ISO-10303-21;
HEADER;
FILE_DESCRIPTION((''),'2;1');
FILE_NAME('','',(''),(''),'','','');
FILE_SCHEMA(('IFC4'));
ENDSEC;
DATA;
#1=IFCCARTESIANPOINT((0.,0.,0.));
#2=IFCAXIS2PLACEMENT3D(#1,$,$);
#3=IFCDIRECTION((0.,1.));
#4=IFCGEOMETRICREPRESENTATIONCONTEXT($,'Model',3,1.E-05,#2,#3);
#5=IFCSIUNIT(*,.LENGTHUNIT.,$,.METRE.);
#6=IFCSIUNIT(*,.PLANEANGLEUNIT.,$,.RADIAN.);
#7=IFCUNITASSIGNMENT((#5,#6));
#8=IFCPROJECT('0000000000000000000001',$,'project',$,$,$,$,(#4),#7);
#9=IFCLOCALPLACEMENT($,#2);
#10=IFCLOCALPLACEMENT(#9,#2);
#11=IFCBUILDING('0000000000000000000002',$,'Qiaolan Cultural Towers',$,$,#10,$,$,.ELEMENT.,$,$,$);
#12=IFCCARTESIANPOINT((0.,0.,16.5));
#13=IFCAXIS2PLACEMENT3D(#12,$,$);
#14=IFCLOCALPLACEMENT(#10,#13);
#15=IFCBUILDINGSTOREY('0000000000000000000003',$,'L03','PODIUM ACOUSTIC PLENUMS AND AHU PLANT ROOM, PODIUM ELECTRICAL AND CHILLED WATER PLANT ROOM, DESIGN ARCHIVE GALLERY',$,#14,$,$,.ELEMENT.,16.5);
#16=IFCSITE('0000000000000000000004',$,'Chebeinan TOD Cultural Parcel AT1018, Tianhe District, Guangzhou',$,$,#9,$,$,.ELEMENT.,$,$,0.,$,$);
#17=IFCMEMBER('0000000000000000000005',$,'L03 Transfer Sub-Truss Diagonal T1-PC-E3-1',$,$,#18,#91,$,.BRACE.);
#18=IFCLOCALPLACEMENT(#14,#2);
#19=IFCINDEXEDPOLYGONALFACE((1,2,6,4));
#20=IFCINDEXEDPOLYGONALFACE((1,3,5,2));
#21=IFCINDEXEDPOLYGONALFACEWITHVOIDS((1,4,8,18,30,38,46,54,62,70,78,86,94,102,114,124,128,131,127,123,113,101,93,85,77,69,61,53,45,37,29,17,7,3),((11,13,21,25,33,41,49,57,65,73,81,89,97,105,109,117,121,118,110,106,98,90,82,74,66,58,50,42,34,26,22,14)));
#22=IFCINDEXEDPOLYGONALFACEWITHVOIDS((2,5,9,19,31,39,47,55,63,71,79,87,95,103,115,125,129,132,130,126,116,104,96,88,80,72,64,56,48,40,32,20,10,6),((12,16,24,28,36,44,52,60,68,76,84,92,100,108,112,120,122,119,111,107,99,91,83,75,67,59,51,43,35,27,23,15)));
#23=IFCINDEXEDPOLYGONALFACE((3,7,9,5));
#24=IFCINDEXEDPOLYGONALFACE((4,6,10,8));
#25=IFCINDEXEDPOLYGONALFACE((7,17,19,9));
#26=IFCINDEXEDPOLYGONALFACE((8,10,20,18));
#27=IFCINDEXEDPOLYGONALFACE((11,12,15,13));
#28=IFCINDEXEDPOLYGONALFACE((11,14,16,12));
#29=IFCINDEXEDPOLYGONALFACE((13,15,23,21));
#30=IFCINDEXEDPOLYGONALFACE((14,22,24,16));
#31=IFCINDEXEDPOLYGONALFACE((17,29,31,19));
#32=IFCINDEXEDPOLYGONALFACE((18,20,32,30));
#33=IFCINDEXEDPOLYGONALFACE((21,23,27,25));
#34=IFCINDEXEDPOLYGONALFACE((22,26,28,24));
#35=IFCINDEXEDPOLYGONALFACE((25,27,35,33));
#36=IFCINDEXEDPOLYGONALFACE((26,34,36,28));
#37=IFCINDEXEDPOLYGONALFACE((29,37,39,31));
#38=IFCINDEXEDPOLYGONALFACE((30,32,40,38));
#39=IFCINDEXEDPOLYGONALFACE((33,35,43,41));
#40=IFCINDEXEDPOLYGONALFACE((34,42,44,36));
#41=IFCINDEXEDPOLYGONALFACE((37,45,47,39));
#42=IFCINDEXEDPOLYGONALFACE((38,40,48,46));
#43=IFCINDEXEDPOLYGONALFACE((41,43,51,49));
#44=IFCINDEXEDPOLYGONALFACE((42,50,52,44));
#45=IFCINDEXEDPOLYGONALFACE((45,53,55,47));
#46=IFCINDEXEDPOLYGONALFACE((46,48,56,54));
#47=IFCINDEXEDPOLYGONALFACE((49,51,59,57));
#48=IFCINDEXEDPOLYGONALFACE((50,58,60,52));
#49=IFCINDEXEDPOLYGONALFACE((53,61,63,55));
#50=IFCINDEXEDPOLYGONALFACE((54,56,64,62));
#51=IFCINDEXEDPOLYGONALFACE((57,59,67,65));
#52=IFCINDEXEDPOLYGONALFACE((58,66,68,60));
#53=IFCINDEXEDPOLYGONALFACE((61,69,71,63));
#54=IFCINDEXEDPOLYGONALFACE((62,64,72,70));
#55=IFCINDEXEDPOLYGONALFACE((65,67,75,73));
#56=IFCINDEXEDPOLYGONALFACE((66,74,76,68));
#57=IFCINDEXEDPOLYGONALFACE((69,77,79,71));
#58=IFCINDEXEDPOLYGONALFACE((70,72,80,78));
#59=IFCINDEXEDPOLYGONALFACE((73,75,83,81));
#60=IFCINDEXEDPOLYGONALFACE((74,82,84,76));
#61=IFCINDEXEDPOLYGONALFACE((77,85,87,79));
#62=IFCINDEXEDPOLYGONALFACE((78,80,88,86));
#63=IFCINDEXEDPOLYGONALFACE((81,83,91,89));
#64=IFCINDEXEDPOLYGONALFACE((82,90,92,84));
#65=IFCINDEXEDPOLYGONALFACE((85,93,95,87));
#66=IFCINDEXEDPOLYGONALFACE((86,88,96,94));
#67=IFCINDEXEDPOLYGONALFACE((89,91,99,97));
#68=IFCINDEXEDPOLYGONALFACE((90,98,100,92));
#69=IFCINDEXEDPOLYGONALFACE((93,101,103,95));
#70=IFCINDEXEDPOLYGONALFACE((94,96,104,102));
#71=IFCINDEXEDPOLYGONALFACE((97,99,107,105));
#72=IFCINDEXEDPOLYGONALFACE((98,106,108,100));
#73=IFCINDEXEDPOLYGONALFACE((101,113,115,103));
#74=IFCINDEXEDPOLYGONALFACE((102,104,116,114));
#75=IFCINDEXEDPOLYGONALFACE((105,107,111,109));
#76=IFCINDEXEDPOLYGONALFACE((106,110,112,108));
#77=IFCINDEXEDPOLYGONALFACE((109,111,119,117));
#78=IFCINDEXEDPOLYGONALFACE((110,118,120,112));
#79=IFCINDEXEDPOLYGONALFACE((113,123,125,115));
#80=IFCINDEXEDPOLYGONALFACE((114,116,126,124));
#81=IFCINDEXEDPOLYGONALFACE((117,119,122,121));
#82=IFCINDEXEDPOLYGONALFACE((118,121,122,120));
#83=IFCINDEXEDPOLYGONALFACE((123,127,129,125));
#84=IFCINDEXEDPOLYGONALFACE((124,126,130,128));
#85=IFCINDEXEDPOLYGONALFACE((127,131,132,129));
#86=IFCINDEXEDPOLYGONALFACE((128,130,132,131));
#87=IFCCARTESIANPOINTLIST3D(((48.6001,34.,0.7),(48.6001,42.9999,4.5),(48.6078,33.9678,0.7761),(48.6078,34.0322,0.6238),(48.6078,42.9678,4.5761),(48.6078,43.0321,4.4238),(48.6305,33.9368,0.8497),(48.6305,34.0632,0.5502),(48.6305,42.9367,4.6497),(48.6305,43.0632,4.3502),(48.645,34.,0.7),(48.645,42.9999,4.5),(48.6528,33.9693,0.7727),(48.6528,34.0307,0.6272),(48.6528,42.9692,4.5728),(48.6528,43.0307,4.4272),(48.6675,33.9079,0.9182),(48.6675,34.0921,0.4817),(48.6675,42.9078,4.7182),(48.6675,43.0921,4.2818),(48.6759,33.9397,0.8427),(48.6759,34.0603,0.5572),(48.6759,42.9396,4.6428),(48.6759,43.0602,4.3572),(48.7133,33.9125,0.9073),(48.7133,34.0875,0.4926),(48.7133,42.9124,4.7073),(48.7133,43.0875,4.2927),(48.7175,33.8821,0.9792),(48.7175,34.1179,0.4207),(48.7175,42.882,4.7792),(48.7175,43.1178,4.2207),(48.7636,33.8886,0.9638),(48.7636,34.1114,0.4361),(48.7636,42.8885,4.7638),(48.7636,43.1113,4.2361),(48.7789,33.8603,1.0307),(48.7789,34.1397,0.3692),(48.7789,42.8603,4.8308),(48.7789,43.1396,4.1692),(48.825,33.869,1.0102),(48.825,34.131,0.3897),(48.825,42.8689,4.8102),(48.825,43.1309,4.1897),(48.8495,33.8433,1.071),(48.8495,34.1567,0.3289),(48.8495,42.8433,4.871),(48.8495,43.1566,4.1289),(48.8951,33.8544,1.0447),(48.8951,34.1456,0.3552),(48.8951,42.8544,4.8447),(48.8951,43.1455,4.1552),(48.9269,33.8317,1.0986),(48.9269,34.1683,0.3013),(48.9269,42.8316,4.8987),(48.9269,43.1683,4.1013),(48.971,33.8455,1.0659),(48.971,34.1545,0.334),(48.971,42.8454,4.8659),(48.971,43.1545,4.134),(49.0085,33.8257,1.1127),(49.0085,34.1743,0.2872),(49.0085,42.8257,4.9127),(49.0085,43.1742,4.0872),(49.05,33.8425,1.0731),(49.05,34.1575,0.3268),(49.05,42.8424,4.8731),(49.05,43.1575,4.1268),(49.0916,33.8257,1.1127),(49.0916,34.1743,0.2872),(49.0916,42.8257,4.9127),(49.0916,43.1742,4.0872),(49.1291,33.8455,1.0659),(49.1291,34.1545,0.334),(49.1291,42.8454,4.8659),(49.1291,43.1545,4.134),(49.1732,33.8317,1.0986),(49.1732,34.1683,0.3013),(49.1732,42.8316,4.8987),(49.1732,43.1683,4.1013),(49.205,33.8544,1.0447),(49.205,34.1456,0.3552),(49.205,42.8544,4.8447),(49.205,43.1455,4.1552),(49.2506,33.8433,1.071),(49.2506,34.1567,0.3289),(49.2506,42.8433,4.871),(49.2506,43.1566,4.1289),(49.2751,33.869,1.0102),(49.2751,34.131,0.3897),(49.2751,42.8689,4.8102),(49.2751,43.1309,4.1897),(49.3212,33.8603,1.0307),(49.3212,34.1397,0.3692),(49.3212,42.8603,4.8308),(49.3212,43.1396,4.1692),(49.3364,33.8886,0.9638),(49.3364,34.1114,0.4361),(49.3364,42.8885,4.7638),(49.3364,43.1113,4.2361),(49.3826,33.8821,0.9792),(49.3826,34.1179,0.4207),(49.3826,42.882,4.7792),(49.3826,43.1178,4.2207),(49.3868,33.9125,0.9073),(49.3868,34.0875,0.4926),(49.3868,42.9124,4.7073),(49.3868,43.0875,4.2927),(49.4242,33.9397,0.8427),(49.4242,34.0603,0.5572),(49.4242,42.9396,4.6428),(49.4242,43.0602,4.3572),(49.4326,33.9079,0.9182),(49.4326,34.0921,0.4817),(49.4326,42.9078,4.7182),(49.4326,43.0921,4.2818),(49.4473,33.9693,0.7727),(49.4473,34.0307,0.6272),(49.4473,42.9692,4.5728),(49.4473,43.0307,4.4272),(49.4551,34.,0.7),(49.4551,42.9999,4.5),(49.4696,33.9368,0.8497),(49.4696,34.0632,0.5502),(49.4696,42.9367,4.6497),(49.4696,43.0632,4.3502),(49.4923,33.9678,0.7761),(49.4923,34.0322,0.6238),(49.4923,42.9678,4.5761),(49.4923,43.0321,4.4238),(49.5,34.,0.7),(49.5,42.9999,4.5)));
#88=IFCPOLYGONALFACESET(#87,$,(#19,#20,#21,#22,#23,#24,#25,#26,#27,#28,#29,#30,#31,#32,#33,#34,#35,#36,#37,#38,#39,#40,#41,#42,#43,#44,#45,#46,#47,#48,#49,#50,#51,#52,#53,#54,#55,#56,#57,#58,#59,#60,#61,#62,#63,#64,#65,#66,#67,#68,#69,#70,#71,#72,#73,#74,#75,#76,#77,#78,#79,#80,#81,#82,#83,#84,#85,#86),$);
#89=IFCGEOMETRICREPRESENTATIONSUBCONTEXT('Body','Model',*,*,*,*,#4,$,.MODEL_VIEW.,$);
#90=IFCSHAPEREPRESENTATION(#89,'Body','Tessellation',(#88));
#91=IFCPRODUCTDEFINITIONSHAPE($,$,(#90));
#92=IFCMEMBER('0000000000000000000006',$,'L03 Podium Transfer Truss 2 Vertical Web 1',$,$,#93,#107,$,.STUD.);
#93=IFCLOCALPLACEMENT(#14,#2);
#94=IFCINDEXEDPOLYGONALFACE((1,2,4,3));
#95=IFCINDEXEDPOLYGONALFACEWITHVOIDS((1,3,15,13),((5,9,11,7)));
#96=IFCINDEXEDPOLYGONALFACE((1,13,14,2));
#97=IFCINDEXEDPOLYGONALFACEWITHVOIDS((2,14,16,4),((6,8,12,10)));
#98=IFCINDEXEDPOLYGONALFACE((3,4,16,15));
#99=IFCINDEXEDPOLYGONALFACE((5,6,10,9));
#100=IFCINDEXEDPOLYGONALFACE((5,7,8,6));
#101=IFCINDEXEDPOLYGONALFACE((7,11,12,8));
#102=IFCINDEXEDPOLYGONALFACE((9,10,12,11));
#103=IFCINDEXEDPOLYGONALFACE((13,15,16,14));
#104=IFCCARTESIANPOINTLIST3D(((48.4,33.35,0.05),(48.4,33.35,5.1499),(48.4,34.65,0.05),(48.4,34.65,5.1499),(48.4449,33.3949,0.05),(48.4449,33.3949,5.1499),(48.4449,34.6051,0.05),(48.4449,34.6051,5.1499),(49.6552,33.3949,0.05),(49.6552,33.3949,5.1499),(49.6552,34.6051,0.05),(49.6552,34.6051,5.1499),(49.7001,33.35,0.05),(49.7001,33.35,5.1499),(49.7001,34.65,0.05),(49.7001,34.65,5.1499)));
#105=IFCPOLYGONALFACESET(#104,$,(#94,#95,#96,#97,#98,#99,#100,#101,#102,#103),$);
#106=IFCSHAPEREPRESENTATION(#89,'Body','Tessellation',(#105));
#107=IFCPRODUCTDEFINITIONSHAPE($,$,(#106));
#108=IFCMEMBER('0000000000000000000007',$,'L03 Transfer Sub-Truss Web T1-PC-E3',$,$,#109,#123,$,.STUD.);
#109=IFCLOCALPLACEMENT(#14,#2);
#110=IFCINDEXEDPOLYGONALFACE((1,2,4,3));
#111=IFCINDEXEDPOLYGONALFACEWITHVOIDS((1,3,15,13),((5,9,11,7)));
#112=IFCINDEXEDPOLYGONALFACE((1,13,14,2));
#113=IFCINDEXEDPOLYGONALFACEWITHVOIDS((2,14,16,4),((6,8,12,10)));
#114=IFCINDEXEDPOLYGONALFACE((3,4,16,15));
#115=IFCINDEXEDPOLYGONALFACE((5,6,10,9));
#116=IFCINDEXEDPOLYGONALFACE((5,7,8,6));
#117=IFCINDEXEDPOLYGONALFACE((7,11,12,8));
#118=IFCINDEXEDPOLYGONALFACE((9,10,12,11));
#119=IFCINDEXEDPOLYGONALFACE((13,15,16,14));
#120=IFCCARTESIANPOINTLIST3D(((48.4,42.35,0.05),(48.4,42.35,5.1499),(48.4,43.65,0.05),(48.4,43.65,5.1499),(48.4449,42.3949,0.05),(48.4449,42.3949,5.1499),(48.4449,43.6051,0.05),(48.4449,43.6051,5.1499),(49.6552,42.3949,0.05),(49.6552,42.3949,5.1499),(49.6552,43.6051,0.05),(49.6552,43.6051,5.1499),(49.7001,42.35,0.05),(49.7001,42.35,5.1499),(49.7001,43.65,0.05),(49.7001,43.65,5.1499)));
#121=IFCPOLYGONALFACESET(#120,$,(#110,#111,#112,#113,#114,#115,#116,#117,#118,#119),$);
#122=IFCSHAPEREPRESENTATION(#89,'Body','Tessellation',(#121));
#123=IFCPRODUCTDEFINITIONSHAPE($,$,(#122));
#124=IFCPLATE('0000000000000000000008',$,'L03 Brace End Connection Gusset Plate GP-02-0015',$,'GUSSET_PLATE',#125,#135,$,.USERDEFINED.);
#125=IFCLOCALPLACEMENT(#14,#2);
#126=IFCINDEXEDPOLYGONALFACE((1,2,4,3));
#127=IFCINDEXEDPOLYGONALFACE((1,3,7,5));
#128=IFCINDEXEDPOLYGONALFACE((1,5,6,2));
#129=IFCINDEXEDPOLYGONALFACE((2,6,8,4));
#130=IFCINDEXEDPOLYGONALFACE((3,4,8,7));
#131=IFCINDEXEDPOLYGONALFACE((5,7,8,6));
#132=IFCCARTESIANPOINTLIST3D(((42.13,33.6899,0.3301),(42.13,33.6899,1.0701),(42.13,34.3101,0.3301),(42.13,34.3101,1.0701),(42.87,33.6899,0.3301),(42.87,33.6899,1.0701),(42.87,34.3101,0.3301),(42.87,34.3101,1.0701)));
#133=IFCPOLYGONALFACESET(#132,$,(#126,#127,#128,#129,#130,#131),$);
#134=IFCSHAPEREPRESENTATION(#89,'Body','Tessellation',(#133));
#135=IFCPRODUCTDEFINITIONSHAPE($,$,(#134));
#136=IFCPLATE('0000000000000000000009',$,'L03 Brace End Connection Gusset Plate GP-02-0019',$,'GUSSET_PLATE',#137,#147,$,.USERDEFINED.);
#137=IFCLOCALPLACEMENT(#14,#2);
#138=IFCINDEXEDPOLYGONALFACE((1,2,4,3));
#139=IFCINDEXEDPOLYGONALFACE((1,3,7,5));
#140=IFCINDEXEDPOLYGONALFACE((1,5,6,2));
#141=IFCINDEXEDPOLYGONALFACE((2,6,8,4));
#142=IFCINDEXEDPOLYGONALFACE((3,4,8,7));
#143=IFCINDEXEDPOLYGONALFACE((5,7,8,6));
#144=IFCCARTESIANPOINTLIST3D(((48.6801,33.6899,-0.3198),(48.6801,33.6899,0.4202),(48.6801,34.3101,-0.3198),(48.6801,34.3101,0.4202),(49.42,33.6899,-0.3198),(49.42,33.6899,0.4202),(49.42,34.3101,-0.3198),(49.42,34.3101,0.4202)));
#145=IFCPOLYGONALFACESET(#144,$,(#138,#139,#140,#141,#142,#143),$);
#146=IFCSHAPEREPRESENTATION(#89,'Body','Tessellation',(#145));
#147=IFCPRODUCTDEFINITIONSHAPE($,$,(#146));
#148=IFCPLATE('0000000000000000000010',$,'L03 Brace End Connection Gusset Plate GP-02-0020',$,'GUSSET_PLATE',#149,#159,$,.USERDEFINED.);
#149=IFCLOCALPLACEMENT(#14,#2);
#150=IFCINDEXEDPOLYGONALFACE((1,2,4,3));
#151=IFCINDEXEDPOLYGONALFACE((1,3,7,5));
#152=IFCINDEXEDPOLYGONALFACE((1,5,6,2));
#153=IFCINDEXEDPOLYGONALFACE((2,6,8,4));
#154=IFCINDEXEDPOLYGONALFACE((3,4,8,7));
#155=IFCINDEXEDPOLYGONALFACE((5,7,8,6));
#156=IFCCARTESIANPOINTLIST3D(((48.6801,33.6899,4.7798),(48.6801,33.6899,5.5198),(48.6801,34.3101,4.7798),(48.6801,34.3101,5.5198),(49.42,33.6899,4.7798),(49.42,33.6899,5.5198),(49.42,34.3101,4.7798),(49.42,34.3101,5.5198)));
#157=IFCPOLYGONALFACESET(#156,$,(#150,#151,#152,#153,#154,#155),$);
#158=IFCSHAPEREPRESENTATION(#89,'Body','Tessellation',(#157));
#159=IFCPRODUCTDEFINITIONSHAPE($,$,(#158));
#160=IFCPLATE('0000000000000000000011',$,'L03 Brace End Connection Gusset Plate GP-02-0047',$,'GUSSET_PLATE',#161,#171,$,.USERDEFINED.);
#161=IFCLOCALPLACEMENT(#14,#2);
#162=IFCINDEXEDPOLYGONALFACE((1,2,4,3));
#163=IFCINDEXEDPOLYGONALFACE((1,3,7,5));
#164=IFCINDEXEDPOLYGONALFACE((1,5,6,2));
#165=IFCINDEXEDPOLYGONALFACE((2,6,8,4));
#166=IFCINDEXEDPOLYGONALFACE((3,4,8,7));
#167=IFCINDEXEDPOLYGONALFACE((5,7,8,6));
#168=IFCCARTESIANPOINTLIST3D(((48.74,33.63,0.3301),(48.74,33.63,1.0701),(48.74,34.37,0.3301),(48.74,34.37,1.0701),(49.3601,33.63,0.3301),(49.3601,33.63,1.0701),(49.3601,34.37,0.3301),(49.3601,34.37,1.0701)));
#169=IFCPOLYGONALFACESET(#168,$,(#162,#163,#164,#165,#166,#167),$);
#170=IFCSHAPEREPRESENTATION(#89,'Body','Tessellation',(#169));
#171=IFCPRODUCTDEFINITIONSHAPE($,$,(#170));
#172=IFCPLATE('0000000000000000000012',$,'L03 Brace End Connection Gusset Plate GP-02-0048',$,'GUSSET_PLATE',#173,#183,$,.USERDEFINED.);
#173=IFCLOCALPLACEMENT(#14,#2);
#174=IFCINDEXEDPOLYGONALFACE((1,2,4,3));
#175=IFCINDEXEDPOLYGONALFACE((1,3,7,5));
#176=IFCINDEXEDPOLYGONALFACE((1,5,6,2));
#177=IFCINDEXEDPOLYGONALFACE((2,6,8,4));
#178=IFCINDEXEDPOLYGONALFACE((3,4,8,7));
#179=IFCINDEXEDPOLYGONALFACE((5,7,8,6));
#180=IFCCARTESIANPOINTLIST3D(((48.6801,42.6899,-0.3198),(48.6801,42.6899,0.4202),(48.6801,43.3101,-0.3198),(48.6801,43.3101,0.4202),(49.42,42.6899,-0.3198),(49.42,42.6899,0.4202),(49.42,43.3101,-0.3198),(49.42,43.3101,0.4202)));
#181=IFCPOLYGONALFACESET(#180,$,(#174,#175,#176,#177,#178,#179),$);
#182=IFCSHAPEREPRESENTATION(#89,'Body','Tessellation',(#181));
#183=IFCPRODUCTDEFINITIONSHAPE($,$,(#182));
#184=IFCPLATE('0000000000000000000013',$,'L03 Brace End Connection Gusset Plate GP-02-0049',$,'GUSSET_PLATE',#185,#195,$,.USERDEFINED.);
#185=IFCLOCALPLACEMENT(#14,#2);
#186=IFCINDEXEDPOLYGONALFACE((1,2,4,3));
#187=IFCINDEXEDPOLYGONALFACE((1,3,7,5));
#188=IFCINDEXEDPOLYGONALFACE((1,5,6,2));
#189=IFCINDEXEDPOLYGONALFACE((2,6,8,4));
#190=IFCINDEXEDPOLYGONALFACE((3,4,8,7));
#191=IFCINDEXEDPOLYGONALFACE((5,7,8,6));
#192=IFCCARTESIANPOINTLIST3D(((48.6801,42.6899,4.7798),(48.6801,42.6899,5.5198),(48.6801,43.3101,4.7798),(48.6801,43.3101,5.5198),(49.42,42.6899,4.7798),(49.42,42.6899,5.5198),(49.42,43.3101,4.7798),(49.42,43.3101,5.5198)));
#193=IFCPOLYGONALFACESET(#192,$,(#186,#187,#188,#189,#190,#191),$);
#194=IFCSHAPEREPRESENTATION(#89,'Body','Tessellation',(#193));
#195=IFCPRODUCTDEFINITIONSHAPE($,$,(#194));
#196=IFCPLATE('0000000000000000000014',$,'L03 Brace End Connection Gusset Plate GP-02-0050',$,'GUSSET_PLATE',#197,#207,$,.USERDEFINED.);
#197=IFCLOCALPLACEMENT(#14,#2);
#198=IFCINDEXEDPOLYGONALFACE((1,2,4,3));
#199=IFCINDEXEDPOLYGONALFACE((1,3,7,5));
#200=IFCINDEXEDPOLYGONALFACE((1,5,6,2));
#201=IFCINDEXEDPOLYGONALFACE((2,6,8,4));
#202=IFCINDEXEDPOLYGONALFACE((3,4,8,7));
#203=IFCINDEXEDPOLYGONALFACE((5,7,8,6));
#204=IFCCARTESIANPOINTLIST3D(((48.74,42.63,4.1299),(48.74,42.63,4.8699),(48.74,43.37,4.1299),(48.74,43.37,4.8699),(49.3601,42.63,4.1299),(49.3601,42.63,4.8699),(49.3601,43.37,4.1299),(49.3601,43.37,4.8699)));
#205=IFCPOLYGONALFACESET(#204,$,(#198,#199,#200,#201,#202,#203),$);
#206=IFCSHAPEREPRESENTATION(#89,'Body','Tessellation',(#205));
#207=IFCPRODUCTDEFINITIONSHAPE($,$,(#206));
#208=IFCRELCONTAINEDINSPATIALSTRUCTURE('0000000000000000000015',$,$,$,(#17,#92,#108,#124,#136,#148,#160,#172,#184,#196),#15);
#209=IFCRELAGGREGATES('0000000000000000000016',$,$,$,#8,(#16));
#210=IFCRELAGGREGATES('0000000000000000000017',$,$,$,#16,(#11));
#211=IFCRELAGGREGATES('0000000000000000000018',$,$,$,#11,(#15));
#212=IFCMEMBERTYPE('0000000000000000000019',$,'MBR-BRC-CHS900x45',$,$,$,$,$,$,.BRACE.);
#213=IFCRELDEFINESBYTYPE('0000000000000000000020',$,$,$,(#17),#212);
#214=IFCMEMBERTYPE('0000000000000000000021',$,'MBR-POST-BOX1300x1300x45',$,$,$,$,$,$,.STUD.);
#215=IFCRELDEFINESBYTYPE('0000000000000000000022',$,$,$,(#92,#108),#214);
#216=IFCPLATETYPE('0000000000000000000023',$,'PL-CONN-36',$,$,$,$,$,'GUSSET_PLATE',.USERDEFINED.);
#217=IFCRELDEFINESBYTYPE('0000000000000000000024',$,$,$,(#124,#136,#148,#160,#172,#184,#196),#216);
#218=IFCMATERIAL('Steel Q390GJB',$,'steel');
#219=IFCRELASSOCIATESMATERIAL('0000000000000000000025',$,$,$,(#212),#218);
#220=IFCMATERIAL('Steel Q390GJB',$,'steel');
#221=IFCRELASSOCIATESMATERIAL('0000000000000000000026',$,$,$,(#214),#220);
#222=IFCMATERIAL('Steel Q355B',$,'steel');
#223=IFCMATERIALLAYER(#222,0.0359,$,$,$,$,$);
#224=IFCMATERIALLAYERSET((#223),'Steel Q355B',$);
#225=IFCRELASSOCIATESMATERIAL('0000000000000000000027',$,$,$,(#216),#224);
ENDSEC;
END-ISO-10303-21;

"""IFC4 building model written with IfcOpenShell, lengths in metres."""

from ifc_helpers import new_model, si_unit, direction, frame, origin, origin_2d, place, context, subcontext, project, spatial, rectangle, hollow_rectangle, hollow_circle, extrude, material, layer, layer_set, material_profile, profile_set, type_object, element, save


model = new_model("IFC4")

# Units and contexts
model_context = context("Model", 3, precision=1e-05, world=origin(), true_north=direction((0.0, 1.0)))
body_context = subcontext(model_context, "Body", "Model", "MODEL_VIEW")
ifc_project = project(units=[si_unit("LENGTHUNIT", "METRE"), si_unit("PLANEANGLEUNIT", "RADIAN")], contexts=[model_context])

# Site, building, storey
site_placement = place(None, origin())
site = spatial("IfcSite", under=ifc_project, at=site_placement, Name="Chebeinan TOD Cultural Parcel AT1018, Tianhe District, Guangzhou", CompositionType="ELEMENT", RefElevation=0.0)
building_placement = place(site_placement, origin())
building = spatial("IfcBuilding", under=site, at=building_placement, Name="Qiaolan Cultural Towers", CompositionType="ELEMENT")
storey_placement = place(building_placement, frame((0.0, 0.0, 16.5)))
storey = spatial("IfcBuildingStorey", under=building, at=storey_placement, Name="L03", Description="PODIUM ACOUSTIC PLENUMS AND AHU PLANT ROOM, PODIUM ELECTRICAL AND CHILLED WATER PLANT ROOM, DESIGN ARCHIVE GALLERY", CompositionType="ELEMENT", Elevation=16.5)

# Members
ifc_material_1 = material(Name="Steel Q390GJB", Category="steel")
ifc_material_profile_1 = material_profile(ifc_material_1, hollow_circle(Radius=0.45, WallThickness=0.0449, at=origin_2d()), Name="CHS900x45")
ifc_profile_set_1 = profile_set([ifc_material_profile_1], Name="Steel Q390GJB")
member_type_1 = type_object("IfcMemberType", Name="MBR-BRC-CHS900x45", PredefinedType="BRACE", material=ifc_profile_set_1)
for number, where, z_axis, x_axis, name in (
    (1, (49.05, 34.0, 0.7), (0.0, 0.921248, 0.388976), (-1.0, 0.0, 0.0), "L03 Transfer Sub-Truss Diagonal T1-PC-E3-1"),
):
    element("IfcMember", number, at=place(storey_placement, frame(where, z_axis=z_axis, x_axis=x_axis)), inside=storey, type_object=member_type_1, Name=name, PredefinedType="BRACE", context=body_context, shape_type="SweptSolid", body=[
        extrude(hollow_circle(Radius=0.45, WallThickness=0.0449, at=origin_2d()), origin(), (0.0, 0.0, 1.0), 9.7693),
    ])
ifc_material_2 = material(Name="Steel Q390GJB", Category="steel")
ifc_material_profile_2 = material_profile(ifc_material_2, hollow_rectangle(XDim=1.3, YDim=1.3, WallThickness=0.0449, at=origin_2d()), Name="BOX1300x1300x45")
ifc_profile_set_2 = profile_set([ifc_material_profile_2], Name="Steel Q390GJB")
member_type_2 = type_object("IfcMemberType", Name="MBR-POST-BOX1300x1300x45", PredefinedType="STUD", material=ifc_profile_set_2)
for number, where, z_axis, x_axis, name in (
    (2, (49.05, 34.0, 0.05), (0.0, 0.0, 1.0), (1.0, 0.0, 0.0), "L03 Podium Transfer Truss 2 Vertical Web 1"),
    (3, (49.05, 43.0, 0.05), (0.0, 0.0, 1.0), (1.0, 0.0, 0.0), "L03 Transfer Sub-Truss Web T1-PC-E3"),
):
    element("IfcMember", number, at=place(storey_placement, frame(where, z_axis=z_axis, x_axis=x_axis)), inside=storey, type_object=member_type_2, Name=name, PredefinedType="STUD", context=body_context, shape_type="SweptSolid", body=[
        extrude(hollow_rectangle(XDim=1.3, YDim=1.3, WallThickness=0.0449, at=origin_2d()), origin(), (0.0, 0.0, 1.0), 5.0999),
    ])

# Plates
ifc_material_3 = material(Name="Steel Q355B", Category="steel")
ifc_layer_1 = layer(ifc_material_3, 0.0359)
ifc_layer_set_1 = layer_set([ifc_layer_1], Name="Steel Q355B")
plate_type_1 = type_object("IfcPlateType", Name="PL-CONN-36", ElementType="GUSSET_PLATE", PredefinedType="USERDEFINED", material=ifc_layer_set_1)
for number, where, z_axis, x_axis, name in (
    (4, (42.5, 34.0, 0.3301), (0.0, 0.0, 1.0), (1.0, 0.0, 0.0), "L03 Brace End Connection Gusset Plate GP-02-0015"),
    (5, (49.05, 34.0, -0.3198), (0.0, 0.0, 1.0), (1.0, 0.0, 0.0), "L03 Brace End Connection Gusset Plate GP-02-0019"),
    (6, (49.05, 34.0, 4.7798), (0.0, 0.0, 1.0), (1.0, 0.0, 0.0), "L03 Brace End Connection Gusset Plate GP-02-0020"),
    (7, (49.05, 34.0, 0.3301), (0.0, 0.0, 1.0), (0.0, 1.0, 0.0), "L03 Brace End Connection Gusset Plate GP-02-0047"),
    (8, (49.05, 43.0, -0.3198), (0.0, 0.0, 1.0), (1.0, 0.0, 0.0), "L03 Brace End Connection Gusset Plate GP-02-0048"),
    (9, (49.05, 43.0, 4.7798), (0.0, 0.0, 1.0), (1.0, 0.0, 0.0), "L03 Brace End Connection Gusset Plate GP-02-0049"),
    (10, (49.05, 43.0, 4.1299), (0.0, 0.0, 1.0), (0.0, 1.0, 0.0), "L03 Brace End Connection Gusset Plate GP-02-0050"),
):
    element("IfcPlate", number, at=place(storey_placement, frame(where, z_axis=z_axis, x_axis=x_axis)), inside=storey, type_object=plate_type_1, Name=name, ObjectType="GUSSET_PLATE", PredefinedType="USERDEFINED", context=body_context, shape_type="SweptSolid", body=[
        extrude(rectangle(XDim=0.74, YDim=0.6201, at=origin_2d()), origin(), (0.0, 0.0, 1.0), 0.74),
    ])

save(model, "model.ifc")
